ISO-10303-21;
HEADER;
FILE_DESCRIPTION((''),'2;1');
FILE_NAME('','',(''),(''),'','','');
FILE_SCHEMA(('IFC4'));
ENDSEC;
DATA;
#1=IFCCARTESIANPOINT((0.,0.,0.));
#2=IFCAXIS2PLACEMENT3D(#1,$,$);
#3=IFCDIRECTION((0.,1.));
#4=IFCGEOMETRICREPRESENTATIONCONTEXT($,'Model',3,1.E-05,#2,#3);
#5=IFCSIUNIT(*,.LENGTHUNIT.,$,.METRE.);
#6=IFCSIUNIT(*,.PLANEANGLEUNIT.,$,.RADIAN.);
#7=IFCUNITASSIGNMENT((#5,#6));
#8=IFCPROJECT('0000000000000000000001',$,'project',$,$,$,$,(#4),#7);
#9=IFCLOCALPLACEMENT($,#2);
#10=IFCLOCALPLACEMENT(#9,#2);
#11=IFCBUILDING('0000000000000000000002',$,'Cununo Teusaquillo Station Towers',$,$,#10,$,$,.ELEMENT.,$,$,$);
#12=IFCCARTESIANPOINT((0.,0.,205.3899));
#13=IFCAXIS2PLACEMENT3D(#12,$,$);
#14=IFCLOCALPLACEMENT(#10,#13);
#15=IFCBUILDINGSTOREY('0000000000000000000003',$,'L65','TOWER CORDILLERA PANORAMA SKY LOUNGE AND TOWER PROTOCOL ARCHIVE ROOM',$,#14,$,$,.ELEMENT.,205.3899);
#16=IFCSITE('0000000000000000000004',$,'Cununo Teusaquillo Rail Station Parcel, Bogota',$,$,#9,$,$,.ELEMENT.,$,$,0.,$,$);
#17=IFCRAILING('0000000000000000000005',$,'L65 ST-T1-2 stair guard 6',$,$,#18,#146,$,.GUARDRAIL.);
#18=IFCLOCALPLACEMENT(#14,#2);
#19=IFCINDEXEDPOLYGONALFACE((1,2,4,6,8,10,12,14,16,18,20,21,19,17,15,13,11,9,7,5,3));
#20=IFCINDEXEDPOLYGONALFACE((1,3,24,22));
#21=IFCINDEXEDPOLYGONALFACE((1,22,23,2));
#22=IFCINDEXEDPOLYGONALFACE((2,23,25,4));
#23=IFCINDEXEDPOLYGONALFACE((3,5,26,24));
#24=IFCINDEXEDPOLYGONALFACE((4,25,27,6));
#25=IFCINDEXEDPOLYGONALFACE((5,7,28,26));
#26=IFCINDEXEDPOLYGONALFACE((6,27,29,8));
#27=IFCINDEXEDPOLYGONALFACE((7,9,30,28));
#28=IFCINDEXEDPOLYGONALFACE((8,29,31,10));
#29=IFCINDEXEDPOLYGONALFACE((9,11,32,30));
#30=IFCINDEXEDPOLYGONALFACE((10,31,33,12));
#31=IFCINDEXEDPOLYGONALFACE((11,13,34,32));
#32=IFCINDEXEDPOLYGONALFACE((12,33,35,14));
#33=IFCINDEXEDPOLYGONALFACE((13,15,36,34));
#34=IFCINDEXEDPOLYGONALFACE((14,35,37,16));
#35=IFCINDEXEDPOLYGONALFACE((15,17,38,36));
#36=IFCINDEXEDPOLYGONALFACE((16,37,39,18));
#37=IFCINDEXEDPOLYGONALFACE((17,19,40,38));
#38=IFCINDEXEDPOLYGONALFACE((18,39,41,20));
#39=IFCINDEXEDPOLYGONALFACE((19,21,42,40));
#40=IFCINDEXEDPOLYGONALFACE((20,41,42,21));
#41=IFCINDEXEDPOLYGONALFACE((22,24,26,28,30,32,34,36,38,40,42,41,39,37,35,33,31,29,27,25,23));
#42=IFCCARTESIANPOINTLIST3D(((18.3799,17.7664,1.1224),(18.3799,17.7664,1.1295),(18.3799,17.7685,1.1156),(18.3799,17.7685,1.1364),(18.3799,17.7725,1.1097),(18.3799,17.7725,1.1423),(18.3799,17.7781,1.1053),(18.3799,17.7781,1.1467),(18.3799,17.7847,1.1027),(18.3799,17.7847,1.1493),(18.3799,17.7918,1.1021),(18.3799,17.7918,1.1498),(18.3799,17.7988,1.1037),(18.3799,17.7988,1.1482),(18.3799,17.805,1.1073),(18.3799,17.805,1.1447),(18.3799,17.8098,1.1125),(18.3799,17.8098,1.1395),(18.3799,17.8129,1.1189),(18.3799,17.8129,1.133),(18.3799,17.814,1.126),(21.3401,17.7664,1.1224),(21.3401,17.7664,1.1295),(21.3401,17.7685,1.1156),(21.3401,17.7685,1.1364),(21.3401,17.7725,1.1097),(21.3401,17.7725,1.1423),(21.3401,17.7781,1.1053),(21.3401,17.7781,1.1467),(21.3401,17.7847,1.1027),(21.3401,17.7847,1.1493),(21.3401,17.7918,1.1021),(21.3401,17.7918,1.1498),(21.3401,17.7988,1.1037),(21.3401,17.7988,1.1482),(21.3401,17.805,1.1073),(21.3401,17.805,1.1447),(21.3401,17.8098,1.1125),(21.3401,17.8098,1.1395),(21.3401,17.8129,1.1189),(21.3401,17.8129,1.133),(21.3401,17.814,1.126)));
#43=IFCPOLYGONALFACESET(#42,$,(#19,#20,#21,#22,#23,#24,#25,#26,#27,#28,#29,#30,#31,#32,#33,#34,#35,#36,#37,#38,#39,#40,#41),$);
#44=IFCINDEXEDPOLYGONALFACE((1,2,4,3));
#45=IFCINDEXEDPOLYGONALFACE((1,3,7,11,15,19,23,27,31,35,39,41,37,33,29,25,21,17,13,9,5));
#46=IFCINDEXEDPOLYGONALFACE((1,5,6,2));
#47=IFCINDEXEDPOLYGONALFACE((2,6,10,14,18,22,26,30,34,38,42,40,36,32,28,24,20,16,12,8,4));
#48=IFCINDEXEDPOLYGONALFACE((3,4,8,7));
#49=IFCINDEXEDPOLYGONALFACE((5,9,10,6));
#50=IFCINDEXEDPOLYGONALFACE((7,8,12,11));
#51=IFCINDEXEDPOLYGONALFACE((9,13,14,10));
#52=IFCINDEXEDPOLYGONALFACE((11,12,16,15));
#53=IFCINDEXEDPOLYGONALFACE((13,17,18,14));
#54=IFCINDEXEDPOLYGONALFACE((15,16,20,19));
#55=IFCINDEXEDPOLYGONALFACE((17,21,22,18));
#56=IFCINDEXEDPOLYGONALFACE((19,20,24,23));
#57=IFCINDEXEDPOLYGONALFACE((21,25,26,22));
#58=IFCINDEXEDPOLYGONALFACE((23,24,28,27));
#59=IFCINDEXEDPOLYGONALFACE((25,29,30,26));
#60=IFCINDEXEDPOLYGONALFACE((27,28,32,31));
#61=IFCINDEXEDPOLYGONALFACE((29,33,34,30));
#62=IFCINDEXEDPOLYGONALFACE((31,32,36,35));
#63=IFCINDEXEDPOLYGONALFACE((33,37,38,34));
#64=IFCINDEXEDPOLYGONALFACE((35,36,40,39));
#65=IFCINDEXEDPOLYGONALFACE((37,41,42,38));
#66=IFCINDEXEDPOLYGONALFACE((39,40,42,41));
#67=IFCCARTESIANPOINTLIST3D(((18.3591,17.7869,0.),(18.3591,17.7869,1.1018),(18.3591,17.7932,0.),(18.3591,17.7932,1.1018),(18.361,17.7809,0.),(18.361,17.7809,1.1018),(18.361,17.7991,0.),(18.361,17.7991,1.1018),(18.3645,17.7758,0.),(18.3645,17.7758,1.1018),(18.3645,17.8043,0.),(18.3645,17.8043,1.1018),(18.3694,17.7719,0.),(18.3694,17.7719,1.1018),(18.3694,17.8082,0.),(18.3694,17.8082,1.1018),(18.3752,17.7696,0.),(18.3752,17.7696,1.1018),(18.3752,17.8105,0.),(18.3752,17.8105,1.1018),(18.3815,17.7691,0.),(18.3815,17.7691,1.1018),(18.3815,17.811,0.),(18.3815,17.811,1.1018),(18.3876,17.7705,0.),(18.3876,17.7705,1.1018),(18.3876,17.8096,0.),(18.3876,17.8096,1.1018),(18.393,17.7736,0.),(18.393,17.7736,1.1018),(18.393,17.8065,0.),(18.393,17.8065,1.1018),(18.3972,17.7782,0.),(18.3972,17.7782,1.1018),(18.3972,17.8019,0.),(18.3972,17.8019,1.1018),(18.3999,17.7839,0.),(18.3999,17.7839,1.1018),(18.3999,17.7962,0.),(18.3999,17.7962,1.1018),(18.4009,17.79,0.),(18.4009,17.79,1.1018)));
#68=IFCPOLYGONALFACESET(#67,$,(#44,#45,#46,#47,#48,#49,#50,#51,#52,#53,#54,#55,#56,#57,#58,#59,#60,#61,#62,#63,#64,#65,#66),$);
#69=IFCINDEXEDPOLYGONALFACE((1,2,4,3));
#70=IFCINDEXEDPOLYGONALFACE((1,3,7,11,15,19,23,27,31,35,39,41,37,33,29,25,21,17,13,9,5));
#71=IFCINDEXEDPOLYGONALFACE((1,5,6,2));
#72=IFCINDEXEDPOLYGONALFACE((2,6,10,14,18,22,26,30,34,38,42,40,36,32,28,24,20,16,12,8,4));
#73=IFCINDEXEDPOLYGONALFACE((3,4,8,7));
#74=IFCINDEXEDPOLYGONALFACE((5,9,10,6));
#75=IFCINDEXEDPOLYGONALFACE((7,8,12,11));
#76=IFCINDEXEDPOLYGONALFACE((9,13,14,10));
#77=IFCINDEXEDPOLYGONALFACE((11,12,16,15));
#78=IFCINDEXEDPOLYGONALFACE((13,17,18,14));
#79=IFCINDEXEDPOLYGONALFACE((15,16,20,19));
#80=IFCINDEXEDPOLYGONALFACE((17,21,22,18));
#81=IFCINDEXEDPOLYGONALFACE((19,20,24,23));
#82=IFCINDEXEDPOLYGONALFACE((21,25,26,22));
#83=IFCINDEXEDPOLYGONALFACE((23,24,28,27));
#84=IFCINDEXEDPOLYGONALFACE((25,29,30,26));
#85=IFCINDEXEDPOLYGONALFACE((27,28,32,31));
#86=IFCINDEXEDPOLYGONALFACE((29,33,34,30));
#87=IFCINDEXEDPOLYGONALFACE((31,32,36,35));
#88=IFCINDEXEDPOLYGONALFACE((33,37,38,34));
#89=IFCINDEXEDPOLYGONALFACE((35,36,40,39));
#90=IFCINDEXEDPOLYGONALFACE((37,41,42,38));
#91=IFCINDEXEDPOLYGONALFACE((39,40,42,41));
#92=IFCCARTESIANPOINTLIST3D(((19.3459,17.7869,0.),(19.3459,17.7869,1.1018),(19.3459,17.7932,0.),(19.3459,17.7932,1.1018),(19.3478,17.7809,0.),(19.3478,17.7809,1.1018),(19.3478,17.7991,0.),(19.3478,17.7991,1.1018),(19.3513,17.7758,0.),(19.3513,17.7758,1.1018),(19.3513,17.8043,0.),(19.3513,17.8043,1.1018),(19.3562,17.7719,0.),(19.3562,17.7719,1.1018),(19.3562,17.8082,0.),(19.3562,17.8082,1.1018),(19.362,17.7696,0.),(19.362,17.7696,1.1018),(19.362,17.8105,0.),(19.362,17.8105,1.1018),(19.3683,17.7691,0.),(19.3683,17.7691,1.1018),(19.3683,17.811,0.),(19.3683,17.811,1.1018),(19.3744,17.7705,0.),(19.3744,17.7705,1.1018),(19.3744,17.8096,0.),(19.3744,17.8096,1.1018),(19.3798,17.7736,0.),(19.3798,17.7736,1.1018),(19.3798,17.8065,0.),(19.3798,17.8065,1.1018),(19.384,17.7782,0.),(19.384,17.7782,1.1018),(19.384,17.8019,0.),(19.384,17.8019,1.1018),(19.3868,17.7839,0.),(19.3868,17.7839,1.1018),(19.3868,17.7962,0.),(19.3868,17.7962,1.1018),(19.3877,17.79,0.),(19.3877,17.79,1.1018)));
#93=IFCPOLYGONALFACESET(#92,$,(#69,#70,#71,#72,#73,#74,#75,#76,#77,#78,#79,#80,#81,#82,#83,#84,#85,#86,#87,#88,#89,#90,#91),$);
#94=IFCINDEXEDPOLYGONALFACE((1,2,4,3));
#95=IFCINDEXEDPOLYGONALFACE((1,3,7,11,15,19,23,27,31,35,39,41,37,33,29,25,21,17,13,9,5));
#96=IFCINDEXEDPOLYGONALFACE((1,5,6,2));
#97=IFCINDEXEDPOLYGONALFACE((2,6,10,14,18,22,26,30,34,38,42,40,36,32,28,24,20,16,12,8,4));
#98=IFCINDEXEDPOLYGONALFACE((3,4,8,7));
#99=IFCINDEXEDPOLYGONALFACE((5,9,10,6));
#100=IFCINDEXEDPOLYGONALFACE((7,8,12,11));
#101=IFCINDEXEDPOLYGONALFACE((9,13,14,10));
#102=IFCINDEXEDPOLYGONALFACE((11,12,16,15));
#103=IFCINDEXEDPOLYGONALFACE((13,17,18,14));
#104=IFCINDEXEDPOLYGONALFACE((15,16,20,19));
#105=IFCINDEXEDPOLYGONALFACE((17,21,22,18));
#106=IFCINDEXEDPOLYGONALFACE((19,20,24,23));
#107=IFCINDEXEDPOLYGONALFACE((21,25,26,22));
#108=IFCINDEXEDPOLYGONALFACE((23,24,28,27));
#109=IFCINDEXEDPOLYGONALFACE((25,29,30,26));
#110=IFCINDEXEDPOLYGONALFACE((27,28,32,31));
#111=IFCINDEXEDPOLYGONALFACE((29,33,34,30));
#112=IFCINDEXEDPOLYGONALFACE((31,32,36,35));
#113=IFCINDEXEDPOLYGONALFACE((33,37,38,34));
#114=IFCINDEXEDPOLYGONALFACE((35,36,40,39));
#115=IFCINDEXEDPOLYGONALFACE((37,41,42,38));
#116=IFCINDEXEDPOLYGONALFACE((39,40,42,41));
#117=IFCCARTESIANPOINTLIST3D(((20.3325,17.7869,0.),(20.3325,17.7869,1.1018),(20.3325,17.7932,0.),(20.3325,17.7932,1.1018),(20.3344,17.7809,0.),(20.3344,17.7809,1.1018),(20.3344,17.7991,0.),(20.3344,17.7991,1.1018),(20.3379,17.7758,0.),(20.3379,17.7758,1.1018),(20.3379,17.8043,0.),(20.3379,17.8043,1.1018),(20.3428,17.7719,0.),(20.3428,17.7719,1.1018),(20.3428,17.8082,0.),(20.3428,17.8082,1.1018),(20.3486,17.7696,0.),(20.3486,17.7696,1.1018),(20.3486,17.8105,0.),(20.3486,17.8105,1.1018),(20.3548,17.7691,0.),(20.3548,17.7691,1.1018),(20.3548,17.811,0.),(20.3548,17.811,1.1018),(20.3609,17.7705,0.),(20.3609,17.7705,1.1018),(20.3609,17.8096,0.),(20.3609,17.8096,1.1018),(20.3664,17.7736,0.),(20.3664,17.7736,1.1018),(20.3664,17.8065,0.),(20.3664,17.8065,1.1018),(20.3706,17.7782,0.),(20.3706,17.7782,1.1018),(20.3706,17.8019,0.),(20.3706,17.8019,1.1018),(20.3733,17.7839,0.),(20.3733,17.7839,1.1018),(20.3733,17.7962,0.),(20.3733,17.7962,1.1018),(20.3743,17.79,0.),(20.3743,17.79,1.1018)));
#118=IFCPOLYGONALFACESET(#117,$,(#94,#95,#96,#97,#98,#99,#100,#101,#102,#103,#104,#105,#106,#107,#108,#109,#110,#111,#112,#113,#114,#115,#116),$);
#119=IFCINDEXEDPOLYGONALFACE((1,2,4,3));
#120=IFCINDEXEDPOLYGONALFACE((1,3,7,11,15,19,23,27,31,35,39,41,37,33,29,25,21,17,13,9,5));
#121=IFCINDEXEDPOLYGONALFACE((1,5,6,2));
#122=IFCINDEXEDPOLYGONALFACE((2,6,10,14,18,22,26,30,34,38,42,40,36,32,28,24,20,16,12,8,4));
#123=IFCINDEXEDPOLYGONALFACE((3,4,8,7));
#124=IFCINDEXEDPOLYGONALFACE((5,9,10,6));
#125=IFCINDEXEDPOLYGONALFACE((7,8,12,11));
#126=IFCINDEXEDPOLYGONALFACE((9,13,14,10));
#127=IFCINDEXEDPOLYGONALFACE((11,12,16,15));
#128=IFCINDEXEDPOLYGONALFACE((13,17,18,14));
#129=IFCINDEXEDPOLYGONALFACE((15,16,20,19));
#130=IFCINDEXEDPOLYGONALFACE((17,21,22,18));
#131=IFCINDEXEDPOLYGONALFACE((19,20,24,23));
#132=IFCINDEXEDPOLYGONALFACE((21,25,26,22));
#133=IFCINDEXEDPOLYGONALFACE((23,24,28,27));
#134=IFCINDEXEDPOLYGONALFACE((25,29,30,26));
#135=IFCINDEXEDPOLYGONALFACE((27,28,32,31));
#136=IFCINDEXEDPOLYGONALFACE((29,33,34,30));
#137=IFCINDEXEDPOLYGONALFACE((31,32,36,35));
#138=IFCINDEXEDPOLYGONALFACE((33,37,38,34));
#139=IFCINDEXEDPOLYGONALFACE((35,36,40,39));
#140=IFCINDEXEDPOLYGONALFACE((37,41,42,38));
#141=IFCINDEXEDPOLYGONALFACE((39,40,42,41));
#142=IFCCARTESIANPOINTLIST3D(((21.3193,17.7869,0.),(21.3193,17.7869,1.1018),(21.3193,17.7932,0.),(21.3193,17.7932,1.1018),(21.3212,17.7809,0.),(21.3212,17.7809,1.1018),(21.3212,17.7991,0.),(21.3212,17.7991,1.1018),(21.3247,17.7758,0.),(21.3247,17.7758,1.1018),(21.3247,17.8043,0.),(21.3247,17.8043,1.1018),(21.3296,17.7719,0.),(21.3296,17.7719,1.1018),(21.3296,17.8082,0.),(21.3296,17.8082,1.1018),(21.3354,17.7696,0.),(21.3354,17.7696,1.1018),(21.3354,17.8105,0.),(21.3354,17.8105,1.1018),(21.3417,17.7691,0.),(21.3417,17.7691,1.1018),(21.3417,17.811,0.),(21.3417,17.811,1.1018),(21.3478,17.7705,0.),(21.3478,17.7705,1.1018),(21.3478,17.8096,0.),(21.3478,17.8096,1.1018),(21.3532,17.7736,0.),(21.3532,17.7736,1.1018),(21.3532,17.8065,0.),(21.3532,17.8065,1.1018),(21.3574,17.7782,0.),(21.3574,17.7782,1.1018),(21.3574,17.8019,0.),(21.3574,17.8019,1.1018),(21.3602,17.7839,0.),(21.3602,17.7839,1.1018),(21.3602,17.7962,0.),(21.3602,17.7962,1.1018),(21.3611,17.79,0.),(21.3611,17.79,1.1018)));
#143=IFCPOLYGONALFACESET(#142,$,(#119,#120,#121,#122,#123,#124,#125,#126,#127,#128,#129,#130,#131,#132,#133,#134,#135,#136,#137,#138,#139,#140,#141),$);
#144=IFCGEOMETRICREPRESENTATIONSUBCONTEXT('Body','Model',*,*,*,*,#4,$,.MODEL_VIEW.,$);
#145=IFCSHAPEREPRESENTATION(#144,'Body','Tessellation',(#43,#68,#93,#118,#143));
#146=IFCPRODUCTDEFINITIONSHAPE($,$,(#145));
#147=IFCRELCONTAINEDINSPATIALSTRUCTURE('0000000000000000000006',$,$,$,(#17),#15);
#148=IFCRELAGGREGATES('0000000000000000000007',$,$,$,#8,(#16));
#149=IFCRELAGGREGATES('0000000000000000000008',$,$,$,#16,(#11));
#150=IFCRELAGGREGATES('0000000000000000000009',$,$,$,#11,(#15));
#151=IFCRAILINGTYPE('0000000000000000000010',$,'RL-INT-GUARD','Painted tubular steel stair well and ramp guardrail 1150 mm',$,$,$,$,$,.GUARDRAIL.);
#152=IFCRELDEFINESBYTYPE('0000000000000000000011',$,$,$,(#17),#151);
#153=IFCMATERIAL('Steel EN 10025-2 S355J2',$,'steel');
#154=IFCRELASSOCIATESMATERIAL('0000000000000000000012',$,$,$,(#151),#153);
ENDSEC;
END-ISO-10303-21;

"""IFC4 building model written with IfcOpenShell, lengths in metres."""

from ifc_helpers import new_model, si_unit, direction, frame, origin, origin_2d, place, context, subcontext, project, spatial, circle, extrude, material, type_object, element, save


model = new_model("IFC4")

# Units and contexts
model_context = context("Model", 3, precision=1e-05, world=origin(), true_north=direction((0.0, 1.0)))
body_context = subcontext(model_context, "Body", "Model", "MODEL_VIEW")
ifc_project = project(units=[si_unit("LENGTHUNIT", "METRE"), si_unit("PLANEANGLEUNIT", "RADIAN")], contexts=[model_context])

# Site, building, storey
site_placement = place(None, origin())
site = spatial("IfcSite", under=ifc_project, at=site_placement, Name="Cununo Teusaquillo Rail Station Parcel, Bogota", CompositionType="ELEMENT", RefElevation=0.0)
building_placement = place(site_placement, origin())
building = spatial("IfcBuilding", under=site, at=building_placement, Name="Cununo Teusaquillo Station Towers", CompositionType="ELEMENT")
storey_placement = place(building_placement, frame((0.0, 0.0, 205.3899)))
storey = spatial("IfcBuildingStorey", under=building, at=storey_placement, Name="L65", Description="TOWER CORDILLERA PANORAMA SKY LOUNGE AND TOWER PROTOCOL ARCHIVE ROOM", CompositionType="ELEMENT", Elevation=205.3899)

# Railing
ifc_material_1 = material(Name="Steel EN 10025-2 S355J2", Category="steel")
railing_type_1 = type_object("IfcRailingType", Name="RL-INT-GUARD", Description="Painted tubular steel stair well and ramp guardrail 1150 mm", PredefinedType="GUARDRAIL", material=ifc_material_1)
railing_1_placement = place(storey_placement, frame((18.3799, 17.79, 0.0)))
element("IfcRailing", 1, at=railing_1_placement, inside=storey, type_object=railing_type_1, Name="L65 ST-T1-2 stair guard 6", PredefinedType="GUARDRAIL", context=body_context, shape_type="SweptSolid", body=[
    extrude(circle(Radius=0.0239, at=origin_2d()), frame((0.0, 0.0, 1.126), z_axis=(1.0, 0.0, 0.0), x_axis=(0.0, 1.0, 0.0)), (0.0, 0.0, 1.0), 2.9602),
    extrude(circle(Radius=0.021, at=origin_2d()), origin(), (0.0, 0.0, 1.0), 1.1018),
    extrude(circle(Radius=0.021, at=origin_2d()), frame((0.9868, 0.0, 0.0)), (0.0, 0.0, 1.0), 1.1018),
    extrude(circle(Radius=0.021, at=origin_2d()), frame((1.9734, 0.0, 0.0)), (0.0, 0.0, 1.0), 1.1018),
    extrude(circle(Radius=0.021, at=origin_2d()), frame((2.9602, 0.0, 0.0)), (0.0, 0.0, 1.0), 1.1018),
])

save(model, "model.ifc")
